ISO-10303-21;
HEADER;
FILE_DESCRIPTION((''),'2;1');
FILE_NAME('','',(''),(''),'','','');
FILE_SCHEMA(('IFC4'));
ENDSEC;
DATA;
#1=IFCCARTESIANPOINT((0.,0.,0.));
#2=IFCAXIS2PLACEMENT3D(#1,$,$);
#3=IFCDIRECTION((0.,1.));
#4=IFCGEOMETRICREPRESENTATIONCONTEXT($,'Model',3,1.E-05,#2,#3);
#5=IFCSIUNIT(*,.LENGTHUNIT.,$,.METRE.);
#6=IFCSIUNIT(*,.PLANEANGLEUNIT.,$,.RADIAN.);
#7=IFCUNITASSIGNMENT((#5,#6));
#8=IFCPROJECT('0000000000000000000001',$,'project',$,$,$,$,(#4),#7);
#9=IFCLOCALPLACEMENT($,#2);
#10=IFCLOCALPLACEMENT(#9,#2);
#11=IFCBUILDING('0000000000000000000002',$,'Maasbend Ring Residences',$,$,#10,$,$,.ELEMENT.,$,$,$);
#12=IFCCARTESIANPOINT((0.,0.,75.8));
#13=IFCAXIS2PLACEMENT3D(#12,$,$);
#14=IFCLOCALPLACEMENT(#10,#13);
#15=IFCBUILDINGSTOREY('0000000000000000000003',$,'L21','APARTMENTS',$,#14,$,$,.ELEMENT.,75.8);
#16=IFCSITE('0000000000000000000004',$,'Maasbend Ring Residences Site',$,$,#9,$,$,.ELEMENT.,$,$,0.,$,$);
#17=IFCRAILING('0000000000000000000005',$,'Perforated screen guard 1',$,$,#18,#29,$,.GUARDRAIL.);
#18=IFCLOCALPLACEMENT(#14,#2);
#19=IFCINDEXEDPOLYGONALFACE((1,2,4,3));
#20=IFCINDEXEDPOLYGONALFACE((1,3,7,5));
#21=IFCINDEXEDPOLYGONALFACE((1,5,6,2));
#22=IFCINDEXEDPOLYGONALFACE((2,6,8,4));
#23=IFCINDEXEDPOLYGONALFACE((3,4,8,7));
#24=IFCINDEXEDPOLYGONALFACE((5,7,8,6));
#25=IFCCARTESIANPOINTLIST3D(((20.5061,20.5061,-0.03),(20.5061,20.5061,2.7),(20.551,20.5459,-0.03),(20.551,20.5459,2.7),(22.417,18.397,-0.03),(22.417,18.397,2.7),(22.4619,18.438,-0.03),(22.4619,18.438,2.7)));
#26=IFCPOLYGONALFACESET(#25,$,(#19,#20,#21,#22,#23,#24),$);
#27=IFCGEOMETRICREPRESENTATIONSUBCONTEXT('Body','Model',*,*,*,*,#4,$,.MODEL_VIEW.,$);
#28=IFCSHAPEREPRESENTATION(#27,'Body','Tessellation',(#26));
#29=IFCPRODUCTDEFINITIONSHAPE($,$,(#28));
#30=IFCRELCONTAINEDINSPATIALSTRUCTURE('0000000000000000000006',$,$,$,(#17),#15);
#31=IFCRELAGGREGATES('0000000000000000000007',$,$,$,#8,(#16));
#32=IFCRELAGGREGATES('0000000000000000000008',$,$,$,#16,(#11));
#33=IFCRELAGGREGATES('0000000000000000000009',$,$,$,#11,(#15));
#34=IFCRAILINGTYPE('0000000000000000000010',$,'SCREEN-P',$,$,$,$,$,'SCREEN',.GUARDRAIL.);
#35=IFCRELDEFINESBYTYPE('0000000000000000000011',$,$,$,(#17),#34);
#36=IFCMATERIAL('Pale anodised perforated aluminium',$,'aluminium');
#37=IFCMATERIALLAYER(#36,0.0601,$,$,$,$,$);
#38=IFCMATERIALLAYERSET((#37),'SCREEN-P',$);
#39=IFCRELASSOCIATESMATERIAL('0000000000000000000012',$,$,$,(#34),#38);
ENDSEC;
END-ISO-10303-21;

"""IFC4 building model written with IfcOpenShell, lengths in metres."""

from ifc_helpers import new_model, si_unit, direction, frame, origin, place, context, subcontext, project, spatial, polyline, outline, extrude, material, layer, layer_set, type_object, element, save


model = new_model("IFC4")

# Units and contexts
model_context = context("Model", 3, precision=1e-05, world=origin(), true_north=direction((0.0, 1.0)))
body_context = subcontext(model_context, "Body", "Model", "MODEL_VIEW")
ifc_project = project(units=[si_unit("LENGTHUNIT", "METRE"), si_unit("PLANEANGLEUNIT", "RADIAN")], contexts=[model_context])

# Site, building, storey
site_placement = place(None, origin())
site = spatial("IfcSite", under=ifc_project, at=site_placement, Name="Maasbend Ring Residences Site", CompositionType="ELEMENT", RefElevation=0.0)
building_placement = place(site_placement, origin())
building = spatial("IfcBuilding", under=site, at=building_placement, Name="Maasbend Ring Residences", CompositionType="ELEMENT")
storey_placement = place(building_placement, frame((0.0, 0.0, 75.8)))
storey = spatial("IfcBuildingStorey", under=building, at=storey_placement, Name="L21", Description="APARTMENTS", CompositionType="ELEMENT", Elevation=75.8)

# Railing
ifc_material_1 = material(Name="Pale anodised perforated aluminium", Category="aluminium")
ifc_layer_1 = layer(ifc_material_1, 0.0601)
ifc_layer_set_1 = layer_set([ifc_layer_1], Name="SCREEN-P")
railing_type = type_object("IfcRailingType", Name="SCREEN-P", ElementType="SCREEN", PredefinedType="GUARDRAIL", material=ifc_layer_set_1)
railing_placement = place(storey_placement, frame((0.0, 0.0, -0.03)))
element("IfcRailing", 1, at=railing_placement, inside=storey, type_object=railing_type, Name="Perforated screen guard 1", PredefinedType="GUARDRAIL", context=body_context, shape_type="SweptSolid", body=[
    extrude(outline(polyline([(22.417, 18.397), (20.5061, 20.5061), (20.551, 20.5459), (22.4619, 18.438), (22.417, 18.397)])), origin(), (0.0, 0.0, 1.0), 2.73),
])

save(model, "model.ifc")
